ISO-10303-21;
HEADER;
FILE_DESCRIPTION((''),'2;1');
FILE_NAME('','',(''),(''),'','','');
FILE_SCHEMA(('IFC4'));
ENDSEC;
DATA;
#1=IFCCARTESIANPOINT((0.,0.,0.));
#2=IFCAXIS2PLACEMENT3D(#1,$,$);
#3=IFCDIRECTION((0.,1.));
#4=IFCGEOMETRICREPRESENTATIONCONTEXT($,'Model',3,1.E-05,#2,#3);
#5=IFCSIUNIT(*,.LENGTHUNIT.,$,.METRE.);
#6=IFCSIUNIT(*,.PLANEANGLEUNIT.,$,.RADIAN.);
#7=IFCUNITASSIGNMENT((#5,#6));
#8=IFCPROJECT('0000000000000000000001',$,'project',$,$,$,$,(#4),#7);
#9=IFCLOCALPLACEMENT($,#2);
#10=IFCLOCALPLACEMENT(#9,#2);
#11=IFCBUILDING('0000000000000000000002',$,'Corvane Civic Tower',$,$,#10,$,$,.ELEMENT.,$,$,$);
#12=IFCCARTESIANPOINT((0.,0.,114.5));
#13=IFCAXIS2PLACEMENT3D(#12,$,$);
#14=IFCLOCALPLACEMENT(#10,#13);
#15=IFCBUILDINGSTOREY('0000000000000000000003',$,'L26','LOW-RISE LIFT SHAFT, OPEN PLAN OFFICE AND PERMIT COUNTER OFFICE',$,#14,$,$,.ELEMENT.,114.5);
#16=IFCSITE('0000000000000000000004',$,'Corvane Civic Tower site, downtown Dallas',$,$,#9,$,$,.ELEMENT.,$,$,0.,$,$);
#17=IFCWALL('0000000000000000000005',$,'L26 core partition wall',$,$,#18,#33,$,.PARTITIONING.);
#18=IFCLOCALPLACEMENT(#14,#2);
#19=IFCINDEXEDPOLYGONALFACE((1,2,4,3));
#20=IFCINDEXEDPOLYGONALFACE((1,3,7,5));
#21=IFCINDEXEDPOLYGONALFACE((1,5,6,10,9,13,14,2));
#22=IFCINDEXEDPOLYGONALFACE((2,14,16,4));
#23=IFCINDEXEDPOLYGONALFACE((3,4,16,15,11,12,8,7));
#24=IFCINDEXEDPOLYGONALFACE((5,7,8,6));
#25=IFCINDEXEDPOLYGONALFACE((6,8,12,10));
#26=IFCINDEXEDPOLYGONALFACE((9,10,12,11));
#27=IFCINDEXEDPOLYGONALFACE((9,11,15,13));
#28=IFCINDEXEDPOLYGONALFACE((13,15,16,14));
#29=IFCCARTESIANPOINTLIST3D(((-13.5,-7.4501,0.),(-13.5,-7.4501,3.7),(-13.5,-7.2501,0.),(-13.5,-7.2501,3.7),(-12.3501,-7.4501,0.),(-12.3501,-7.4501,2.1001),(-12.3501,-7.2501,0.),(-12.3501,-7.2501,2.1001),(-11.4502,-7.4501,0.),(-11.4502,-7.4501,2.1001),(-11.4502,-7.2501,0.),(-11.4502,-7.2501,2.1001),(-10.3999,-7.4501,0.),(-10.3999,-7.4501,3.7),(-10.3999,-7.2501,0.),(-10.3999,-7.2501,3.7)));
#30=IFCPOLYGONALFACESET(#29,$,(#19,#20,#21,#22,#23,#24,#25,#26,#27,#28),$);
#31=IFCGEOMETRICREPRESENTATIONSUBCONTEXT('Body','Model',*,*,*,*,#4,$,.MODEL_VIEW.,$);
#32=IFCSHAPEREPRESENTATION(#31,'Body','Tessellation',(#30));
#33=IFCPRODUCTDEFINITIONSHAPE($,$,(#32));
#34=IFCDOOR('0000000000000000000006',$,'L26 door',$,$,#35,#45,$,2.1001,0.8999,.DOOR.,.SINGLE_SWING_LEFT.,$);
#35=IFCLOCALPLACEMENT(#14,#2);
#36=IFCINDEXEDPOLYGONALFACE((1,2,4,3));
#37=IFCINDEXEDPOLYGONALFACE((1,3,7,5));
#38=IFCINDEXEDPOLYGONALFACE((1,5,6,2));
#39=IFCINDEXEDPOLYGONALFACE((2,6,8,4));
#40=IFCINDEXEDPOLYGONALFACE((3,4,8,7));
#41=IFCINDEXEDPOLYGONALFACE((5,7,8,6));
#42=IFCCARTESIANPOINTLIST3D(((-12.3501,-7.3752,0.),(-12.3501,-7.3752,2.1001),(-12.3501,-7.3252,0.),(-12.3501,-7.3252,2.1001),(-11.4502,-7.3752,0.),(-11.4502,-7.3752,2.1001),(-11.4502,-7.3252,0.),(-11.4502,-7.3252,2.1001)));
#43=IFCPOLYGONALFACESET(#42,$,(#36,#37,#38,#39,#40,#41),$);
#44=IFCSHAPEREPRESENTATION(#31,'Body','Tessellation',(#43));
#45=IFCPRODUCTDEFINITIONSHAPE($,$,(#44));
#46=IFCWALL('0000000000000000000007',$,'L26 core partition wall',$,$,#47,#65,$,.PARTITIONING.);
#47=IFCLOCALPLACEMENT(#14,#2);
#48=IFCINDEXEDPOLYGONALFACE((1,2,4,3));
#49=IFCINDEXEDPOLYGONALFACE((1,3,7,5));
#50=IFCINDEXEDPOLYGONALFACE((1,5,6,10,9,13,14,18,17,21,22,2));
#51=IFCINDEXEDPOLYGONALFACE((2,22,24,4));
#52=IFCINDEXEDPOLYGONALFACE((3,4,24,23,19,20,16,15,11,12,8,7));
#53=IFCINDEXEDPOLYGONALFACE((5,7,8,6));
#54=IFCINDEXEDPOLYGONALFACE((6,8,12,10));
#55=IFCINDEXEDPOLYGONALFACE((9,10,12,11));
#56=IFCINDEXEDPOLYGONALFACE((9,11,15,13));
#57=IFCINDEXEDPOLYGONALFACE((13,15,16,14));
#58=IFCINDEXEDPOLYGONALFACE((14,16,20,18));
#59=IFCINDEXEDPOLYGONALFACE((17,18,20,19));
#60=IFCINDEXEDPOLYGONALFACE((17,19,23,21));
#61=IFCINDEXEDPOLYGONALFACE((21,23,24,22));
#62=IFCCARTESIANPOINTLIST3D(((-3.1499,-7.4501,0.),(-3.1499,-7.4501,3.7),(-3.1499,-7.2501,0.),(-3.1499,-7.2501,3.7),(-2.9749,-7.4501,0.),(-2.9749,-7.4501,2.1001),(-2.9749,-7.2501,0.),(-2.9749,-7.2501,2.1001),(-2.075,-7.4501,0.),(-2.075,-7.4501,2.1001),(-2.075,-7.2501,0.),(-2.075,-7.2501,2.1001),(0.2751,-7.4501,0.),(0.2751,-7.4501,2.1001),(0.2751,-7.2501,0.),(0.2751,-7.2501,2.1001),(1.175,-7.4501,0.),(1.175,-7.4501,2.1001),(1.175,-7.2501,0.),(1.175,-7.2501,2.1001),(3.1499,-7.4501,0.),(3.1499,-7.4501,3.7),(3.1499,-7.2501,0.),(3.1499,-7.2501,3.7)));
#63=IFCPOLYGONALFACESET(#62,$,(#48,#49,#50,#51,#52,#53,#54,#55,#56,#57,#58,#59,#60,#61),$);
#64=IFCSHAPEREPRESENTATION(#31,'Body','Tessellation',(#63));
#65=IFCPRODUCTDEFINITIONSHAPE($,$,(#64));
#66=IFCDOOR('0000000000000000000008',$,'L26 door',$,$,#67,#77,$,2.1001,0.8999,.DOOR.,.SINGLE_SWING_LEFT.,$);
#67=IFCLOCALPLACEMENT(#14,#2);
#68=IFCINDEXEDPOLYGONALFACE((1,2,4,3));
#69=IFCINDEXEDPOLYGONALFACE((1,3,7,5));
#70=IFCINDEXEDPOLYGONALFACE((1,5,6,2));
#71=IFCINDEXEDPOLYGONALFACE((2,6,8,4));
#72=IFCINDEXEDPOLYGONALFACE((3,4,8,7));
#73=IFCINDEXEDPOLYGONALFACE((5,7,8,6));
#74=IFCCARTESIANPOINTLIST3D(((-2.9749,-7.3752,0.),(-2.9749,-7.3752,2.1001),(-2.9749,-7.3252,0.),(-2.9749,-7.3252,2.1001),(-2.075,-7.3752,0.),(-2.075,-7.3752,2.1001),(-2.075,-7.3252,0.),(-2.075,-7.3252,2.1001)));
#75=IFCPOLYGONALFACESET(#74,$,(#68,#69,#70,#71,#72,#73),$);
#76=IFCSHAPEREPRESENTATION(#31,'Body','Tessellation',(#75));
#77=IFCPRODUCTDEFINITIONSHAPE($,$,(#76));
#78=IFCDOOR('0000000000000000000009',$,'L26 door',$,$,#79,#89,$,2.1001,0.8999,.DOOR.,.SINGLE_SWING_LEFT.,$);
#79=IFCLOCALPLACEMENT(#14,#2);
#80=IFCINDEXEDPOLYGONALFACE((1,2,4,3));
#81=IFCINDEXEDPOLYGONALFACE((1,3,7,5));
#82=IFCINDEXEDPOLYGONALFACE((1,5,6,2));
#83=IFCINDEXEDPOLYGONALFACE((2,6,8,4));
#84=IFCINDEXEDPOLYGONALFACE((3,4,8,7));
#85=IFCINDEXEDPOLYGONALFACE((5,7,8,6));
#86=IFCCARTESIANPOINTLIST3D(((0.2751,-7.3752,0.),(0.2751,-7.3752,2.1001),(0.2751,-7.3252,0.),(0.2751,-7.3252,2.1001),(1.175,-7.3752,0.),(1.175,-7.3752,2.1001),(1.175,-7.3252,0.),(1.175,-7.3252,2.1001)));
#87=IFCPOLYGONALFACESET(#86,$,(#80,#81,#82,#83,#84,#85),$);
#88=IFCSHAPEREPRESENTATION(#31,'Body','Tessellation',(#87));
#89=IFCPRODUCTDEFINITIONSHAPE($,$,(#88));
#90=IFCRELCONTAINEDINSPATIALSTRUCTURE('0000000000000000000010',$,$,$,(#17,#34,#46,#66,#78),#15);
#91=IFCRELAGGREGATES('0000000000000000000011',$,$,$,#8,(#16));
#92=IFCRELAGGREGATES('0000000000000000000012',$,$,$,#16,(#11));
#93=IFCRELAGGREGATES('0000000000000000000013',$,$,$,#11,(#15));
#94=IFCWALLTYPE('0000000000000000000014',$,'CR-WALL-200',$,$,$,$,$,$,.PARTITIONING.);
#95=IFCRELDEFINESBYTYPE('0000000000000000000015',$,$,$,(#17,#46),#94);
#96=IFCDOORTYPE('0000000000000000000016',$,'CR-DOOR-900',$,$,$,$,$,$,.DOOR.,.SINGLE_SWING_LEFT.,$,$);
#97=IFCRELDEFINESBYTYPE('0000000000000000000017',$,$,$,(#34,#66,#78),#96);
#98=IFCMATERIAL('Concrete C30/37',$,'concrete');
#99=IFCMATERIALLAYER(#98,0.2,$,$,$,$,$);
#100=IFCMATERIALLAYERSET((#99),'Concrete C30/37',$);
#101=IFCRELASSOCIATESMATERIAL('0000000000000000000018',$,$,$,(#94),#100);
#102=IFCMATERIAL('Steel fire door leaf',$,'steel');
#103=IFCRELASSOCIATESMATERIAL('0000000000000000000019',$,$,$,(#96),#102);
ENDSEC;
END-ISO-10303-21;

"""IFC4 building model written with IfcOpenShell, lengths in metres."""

from ifc_helpers import new_model, si_unit, direction, frame, frame_2d, origin, place, context, subcontext, project, spatial, rectangle, extrude, material, layer, layer_set, type_object, element, fill, save


model = new_model("IFC4")

# Units and contexts
model_context = context("Model", 3, precision=1e-05, world=origin(), true_north=direction((0.0, 1.0)))
body_context = subcontext(model_context, "Body", "Model", "MODEL_VIEW")
ifc_project = project(units=[si_unit("LENGTHUNIT", "METRE"), si_unit("PLANEANGLEUNIT", "RADIAN")], contexts=[model_context])

# Site, building, storey
site_placement = place(None, origin())
site = spatial("IfcSite", under=ifc_project, at=site_placement, Name="Corvane Civic Tower site, downtown Dallas", CompositionType="ELEMENT", RefElevation=0.0)
building_placement = place(site_placement, origin())
building = spatial("IfcBuilding", under=site, at=building_placement, Name="Corvane Civic Tower", CompositionType="ELEMENT")
storey_placement = place(building_placement, frame((0.0, 0.0, 114.5)))
storey = spatial("IfcBuildingStorey", under=building, at=storey_placement, Name="L26", Description="LOW-RISE LIFT SHAFT, OPEN PLAN OFFICE AND PERMIT COUNTER OFFICE", CompositionType="ELEMENT", Elevation=114.5)

# Wall, opening, door
ifc_material_1 = material(Name="Concrete C30/37", Category="concrete")
ifc_layer_1 = layer(ifc_material_1, 0.2)
ifc_layer_set_1 = layer_set([ifc_layer_1], Name="Concrete C30/37")
wall_type_1 = type_object("IfcWallType", Name="CR-WALL-200", PredefinedType="PARTITIONING", material=ifc_layer_set_1)
wall_1_placement = place(storey_placement, frame((-13.5, -7.3501, 0.0), z_axis=(0.0, 0.0, 1.0), x_axis=(1.0, 0.0, 0.0)))
wall_1 = element("IfcWall", 1, at=wall_1_placement, inside=storey, type_object=wall_type_1, Name="L26 core partition wall", PredefinedType="PARTITIONING", context=body_context, shape_type="SweptSolid", body=[
    extrude(rectangle(XDim=3.1001, YDim=0.2, at=frame_2d((1.55, 0.0))), origin(), (0.0, 0.0, 1.0), 3.7),
])
opening_1_placement = place(wall_1_placement, frame((1.1499, 0.0, 0.0)))
opening_1 = element("IfcOpeningElement", 2, at=opening_1_placement, cuts=wall_1, PredefinedType="OPENING", context=body_context, shape_type="SweptSolid", body=[
    extrude(rectangle(XDim=0.8999, YDim=2.1001, at=frame_2d((0.45, 1.05))), frame((0.0, 0.1099, 0.0), z_axis=(0.0, -1.0, 0.0), x_axis=(1.0, 0.0, 0.0)), (0.0, 0.0, 1.0), 0.22),
])
ifc_material_2 = material(Name="Steel fire door leaf", Category="steel")
door_type_1 = type_object("IfcDoorType", Name="CR-DOOR-900", OperationType="SINGLE_SWING_LEFT", PredefinedType="DOOR", material=ifc_material_2)
door_1_placement = place(opening_1_placement, origin())
door_1 = element("IfcDoor", 3, at=door_1_placement, inside=storey, type_object=door_type_1, Name="L26 door", OperationType="SINGLE_SWING_LEFT", OverallHeight=2.1001, OverallWidth=0.8999, PredefinedType="DOOR", context=body_context, shape_type="SweptSolid", body=[
    extrude(rectangle(XDim=0.8999, YDim=2.1001, at=frame_2d((0.45, 1.05))), frame((0.0, 0.0249, 0.0), z_axis=(0.0, -1.0, 0.0), x_axis=(1.0, 0.0, 0.0)), (0.0, 0.0, 1.0), 0.05),
])
fill(opening_1, door_1)

# Wall, openings, doors
wall_2_placement = place(storey_placement, frame((-3.1499, -7.3501, 0.0), z_axis=(0.0, 0.0, 1.0), x_axis=(1.0, 0.0, 0.0)))
wall_2 = element("IfcWall", 4, at=wall_2_placement, inside=storey, type_object=wall_type_1, Name="L26 core partition wall", PredefinedType="PARTITIONING", context=body_context, shape_type="SweptSolid", body=[
    extrude(rectangle(XDim=6.2998, YDim=0.2, at=frame_2d((3.1499, 0.0))), origin(), (0.0, 0.0, 1.0), 3.7),
])
opening_2_placement = place(wall_2_placement, frame((0.175, 0.0, 0.0)))
opening_2 = element("IfcOpeningElement", 5, at=opening_2_placement, cuts=wall_2, PredefinedType="OPENING", context=body_context, shape_type="SweptSolid", body=[
    extrude(rectangle(XDim=0.8999, YDim=2.1001, at=frame_2d((0.45, 1.05))), frame((0.0, 0.1099, 0.0), z_axis=(0.0, -1.0, 0.0), x_axis=(1.0, 0.0, 0.0)), (0.0, 0.0, 1.0), 0.22),
])
opening_3_placement = place(wall_2_placement, frame((3.425, 0.0, 0.0)))
opening_3 = element("IfcOpeningElement", 6, at=opening_3_placement, cuts=wall_2, PredefinedType="OPENING", context=body_context, shape_type="SweptSolid", body=[
    extrude(rectangle(XDim=0.8999, YDim=2.1001, at=frame_2d((0.45, 1.05))), frame((0.0, 0.1099, 0.0), z_axis=(0.0, -1.0, 0.0), x_axis=(1.0, 0.0, 0.0)), (0.0, 0.0, 1.0), 0.22),
])
door_2_placement = place(opening_2_placement, origin())
door_2 = element("IfcDoor", 7, at=door_2_placement, inside=storey, type_object=door_type_1, Name="L26 door", OperationType="SINGLE_SWING_LEFT", OverallHeight=2.1001, OverallWidth=0.8999, PredefinedType="DOOR", context=body_context, shape_type="SweptSolid", body=[
    extrude(rectangle(XDim=0.8999, YDim=2.1001, at=frame_2d((0.45, 1.05))), frame((0.0, 0.0249, 0.0), z_axis=(0.0, -1.0, 0.0), x_axis=(1.0, 0.0, 0.0)), (0.0, 0.0, 1.0), 0.05),
])
fill(opening_2, door_2)
door_3_placement = place(opening_3_placement, origin())
door_3 = element("IfcDoor", 8, at=door_3_placement, inside=storey, type_object=door_type_1, Name="L26 door", OperationType="SINGLE_SWING_LEFT", OverallHeight=2.1001, OverallWidth=0.8999, PredefinedType="DOOR", context=body_context, shape_type="SweptSolid", body=[
    extrude(rectangle(XDim=0.8999, YDim=2.1001, at=frame_2d((0.45, 1.05))), frame((0.0, 0.0249, 0.0), z_axis=(0.0, -1.0, 0.0), x_axis=(1.0, 0.0, 0.0)), (0.0, 0.0, 1.0), 0.05),
])
fill(opening_3, door_3)

save(model, "model.ifc")
